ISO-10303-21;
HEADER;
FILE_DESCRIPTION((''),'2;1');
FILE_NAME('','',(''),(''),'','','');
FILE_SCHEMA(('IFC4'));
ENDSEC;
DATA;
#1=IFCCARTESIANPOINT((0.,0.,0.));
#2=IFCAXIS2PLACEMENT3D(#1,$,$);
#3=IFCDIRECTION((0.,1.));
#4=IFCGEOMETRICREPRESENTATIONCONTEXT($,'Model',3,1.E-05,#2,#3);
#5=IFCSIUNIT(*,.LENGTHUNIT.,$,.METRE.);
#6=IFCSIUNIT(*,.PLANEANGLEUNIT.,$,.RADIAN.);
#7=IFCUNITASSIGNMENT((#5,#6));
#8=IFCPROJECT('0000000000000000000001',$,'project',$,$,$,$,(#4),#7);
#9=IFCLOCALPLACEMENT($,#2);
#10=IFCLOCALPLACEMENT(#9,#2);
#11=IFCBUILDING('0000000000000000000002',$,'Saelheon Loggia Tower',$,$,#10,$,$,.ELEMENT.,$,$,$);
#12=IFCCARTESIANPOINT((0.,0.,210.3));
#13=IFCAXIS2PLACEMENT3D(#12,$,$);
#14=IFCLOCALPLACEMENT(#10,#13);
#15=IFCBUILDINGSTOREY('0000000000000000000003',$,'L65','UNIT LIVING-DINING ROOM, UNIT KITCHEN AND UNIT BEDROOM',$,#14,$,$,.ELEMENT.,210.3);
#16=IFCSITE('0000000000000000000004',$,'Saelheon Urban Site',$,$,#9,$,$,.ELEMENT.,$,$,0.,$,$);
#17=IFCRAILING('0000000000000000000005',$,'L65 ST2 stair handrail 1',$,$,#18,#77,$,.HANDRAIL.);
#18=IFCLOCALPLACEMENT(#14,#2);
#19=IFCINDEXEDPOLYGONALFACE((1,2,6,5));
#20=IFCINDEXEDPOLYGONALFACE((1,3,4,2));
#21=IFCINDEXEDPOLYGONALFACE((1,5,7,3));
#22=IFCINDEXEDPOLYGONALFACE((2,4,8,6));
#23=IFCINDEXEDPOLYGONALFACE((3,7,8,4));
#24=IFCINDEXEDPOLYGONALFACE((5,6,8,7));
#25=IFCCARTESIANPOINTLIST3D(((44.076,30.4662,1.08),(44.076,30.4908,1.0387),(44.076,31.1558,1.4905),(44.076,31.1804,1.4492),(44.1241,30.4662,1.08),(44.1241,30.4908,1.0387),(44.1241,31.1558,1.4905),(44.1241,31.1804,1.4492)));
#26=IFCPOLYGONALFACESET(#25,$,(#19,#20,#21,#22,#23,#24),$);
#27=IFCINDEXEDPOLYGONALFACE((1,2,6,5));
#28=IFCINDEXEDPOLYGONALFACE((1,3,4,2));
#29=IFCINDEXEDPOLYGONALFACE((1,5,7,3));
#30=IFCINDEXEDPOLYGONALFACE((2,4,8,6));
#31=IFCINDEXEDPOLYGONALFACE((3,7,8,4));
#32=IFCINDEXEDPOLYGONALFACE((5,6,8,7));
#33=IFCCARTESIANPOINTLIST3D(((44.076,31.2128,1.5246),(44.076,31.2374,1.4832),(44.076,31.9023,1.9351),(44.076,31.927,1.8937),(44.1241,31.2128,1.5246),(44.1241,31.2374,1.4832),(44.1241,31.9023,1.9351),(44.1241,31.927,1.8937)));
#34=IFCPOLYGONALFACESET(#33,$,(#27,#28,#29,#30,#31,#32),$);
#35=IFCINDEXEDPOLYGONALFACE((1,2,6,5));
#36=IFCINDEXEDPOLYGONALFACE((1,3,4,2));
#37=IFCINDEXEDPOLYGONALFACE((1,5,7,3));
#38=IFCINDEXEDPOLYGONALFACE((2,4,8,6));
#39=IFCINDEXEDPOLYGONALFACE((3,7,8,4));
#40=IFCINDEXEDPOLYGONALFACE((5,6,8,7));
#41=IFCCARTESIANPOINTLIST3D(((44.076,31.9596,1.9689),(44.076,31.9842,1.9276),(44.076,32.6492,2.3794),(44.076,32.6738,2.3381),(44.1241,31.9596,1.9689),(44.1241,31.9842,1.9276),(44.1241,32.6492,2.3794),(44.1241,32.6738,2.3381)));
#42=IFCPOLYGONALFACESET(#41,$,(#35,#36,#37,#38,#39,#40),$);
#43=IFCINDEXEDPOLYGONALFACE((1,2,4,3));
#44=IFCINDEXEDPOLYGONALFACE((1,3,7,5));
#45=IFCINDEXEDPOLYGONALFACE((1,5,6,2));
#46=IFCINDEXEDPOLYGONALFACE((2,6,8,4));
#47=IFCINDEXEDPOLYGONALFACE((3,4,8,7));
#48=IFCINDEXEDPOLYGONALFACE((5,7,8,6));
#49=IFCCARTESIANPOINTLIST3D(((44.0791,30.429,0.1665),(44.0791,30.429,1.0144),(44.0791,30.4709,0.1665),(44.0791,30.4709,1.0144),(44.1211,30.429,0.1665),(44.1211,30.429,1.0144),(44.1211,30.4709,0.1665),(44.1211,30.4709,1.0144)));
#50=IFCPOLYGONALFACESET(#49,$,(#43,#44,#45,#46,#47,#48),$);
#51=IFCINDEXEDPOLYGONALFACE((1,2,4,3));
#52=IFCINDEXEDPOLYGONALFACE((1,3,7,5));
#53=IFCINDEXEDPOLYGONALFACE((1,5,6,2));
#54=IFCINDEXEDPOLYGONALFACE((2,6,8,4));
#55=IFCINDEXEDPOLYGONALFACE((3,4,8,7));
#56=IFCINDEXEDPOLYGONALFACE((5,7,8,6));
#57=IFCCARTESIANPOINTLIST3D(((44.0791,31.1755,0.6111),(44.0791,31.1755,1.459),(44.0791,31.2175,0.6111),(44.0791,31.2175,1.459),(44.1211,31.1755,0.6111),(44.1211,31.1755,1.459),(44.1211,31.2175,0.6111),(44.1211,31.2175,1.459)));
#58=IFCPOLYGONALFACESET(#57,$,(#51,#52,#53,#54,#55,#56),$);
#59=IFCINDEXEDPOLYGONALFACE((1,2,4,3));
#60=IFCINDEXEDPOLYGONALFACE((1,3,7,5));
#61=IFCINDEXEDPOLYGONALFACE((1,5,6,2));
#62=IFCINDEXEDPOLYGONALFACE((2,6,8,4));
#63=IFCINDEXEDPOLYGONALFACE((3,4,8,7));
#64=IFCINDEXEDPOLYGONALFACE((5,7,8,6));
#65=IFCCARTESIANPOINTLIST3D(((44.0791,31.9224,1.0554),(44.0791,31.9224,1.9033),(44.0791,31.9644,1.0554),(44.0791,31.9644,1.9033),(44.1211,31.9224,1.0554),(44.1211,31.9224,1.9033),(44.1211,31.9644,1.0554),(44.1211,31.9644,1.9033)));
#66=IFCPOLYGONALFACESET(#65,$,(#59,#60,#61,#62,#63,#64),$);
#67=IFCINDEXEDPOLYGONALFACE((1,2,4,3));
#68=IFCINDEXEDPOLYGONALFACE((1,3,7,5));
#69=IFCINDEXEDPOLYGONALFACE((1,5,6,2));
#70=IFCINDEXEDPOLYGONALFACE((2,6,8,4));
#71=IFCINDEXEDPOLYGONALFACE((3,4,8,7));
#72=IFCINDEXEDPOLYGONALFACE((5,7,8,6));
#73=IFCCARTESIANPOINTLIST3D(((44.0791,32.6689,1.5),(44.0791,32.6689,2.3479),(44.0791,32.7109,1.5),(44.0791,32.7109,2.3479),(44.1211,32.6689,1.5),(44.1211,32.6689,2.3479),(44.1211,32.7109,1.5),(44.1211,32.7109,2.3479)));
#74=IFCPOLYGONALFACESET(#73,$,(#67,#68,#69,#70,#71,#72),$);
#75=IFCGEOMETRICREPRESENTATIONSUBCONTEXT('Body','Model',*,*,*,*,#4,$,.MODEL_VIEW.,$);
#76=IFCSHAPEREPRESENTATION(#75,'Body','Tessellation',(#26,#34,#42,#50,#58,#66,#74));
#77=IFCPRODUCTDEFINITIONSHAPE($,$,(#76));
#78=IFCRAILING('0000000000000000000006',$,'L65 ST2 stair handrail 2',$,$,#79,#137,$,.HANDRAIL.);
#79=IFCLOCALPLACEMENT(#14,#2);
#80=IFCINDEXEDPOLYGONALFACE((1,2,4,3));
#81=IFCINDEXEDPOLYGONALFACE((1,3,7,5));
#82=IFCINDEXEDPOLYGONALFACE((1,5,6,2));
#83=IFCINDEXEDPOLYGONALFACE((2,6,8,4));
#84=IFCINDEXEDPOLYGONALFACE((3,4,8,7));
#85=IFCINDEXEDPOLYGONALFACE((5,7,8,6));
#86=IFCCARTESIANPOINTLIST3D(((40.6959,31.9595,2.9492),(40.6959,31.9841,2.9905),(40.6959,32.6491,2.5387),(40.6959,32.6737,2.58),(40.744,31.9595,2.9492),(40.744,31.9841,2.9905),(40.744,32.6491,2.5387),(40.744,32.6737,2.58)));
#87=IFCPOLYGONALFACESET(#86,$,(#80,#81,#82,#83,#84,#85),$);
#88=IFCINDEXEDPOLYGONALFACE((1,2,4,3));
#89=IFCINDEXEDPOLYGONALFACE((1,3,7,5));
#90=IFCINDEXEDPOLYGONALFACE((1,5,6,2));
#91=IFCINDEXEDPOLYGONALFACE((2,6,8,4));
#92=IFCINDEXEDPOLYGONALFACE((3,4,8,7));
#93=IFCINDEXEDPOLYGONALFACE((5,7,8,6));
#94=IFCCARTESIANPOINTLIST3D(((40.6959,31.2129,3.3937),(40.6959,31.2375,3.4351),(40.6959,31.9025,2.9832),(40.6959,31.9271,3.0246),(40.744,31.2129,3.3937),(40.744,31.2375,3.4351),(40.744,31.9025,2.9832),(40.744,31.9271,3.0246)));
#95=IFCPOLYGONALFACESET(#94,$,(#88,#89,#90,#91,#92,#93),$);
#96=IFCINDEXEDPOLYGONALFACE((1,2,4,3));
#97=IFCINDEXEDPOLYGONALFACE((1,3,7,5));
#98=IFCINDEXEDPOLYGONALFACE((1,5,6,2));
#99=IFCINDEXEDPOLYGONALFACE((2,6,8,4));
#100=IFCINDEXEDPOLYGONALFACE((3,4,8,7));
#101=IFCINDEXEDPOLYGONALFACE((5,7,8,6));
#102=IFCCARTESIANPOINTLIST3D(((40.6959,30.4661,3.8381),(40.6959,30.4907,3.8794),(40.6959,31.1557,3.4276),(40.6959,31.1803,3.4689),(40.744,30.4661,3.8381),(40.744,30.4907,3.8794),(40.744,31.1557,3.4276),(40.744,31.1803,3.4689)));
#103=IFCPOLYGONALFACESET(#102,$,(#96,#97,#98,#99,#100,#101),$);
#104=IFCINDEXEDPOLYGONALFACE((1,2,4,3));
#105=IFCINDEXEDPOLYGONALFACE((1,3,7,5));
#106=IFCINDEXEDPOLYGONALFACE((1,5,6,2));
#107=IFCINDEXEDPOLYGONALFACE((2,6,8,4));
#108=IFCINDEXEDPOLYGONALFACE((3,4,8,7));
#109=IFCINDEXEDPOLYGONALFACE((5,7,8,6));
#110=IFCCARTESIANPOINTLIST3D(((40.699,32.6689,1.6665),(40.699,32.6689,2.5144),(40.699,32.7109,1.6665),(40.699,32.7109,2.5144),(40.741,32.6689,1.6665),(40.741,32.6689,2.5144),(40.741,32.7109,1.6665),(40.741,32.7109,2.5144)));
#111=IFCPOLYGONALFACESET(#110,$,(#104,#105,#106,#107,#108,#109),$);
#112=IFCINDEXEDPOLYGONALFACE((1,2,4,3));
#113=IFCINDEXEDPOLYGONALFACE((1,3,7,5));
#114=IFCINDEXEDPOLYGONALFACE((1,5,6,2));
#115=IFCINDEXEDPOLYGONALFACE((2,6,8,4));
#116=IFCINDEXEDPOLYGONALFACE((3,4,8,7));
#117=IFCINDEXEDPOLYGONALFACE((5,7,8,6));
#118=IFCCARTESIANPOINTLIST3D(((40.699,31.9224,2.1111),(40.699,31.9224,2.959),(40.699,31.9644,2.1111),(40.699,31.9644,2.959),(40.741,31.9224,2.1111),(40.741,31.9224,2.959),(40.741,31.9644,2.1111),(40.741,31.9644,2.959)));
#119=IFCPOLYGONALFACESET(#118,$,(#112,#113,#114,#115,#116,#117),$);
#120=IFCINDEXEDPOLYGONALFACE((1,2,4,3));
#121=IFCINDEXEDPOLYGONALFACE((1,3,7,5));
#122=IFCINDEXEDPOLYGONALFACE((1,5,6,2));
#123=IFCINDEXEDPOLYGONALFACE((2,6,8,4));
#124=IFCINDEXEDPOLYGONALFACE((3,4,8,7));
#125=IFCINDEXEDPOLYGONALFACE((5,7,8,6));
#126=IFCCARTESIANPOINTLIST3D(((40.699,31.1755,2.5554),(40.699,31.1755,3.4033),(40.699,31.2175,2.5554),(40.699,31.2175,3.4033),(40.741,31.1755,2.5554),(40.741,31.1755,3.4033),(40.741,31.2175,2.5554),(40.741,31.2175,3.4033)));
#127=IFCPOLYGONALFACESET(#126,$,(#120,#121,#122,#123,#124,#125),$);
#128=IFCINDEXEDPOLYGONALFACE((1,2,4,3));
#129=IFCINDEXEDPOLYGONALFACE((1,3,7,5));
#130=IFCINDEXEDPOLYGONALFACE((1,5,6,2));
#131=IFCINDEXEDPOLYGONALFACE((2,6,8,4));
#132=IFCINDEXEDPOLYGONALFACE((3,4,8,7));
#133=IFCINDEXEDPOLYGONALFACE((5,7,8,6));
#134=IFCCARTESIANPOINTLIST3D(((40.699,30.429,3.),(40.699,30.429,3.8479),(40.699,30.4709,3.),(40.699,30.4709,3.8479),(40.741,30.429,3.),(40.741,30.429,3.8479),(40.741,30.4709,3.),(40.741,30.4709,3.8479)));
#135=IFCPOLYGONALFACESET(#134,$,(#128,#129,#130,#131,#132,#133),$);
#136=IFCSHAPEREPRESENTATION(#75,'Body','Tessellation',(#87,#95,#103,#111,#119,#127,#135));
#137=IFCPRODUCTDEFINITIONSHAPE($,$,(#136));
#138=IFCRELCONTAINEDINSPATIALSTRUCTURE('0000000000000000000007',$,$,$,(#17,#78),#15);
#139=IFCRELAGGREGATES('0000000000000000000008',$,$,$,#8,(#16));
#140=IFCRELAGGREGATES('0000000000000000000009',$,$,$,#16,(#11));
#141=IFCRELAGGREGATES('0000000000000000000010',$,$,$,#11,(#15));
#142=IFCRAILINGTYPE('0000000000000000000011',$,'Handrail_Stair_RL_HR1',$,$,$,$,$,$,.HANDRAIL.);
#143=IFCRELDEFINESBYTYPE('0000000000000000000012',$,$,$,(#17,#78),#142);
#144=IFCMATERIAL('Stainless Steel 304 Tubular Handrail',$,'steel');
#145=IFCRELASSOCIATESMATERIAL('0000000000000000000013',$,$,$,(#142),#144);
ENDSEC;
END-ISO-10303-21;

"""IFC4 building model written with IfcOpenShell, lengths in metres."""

from ifc_helpers import new_model, si_unit, direction, frame, origin, origin_2d, place, context, subcontext, project, spatial, rectangle, extrude, material, type_object, element, save


model = new_model("IFC4")

# Units and contexts
model_context = context("Model", 3, precision=1e-05, world=origin(), true_north=direction((0.0, 1.0)))
body_context = subcontext(model_context, "Body", "Model", "MODEL_VIEW")
ifc_project = project(units=[si_unit("LENGTHUNIT", "METRE"), si_unit("PLANEANGLEUNIT", "RADIAN")], contexts=[model_context])

# Site, building, storey
site_placement = place(None, origin())
site = spatial("IfcSite", under=ifc_project, at=site_placement, Name="Saelheon Urban Site", CompositionType="ELEMENT", RefElevation=0.0)
building_placement = place(site_placement, origin())
building = spatial("IfcBuilding", under=site, at=building_placement, Name="Saelheon Loggia Tower", CompositionType="ELEMENT")
storey_placement = place(building_placement, frame((0.0, 0.0, 210.3)))
storey = spatial("IfcBuildingStorey", under=building, at=storey_placement, Name="L65", Description="UNIT LIVING-DINING ROOM, UNIT KITCHEN AND UNIT BEDROOM", CompositionType="ELEMENT", Elevation=210.3)

# Railings
ifc_material_1 = material(Name="Stainless Steel 304 Tubular Handrail", Category="steel")
railing_type_1 = type_object("IfcRailingType", Name="Handrail_Stair_RL_HR1", PredefinedType="HANDRAIL", material=ifc_material_1)
railing_1_placement = place(storey_placement, frame((44.1001, 30.45, 0.1665)))
element("IfcRailing", 1, at=railing_1_placement, inside=storey, type_object=railing_type_1, Name="L65 ST2 stair handrail 1", PredefinedType="HANDRAIL", context=body_context, shape_type="SweptSolid", body=[
    extrude(rectangle(XDim=0.0481, YDim=0.0481, at=origin_2d()), frame((0.0, 0.0286, 0.8928), z_axis=(0.0, 0.859264, 0.511532), x_axis=(-1.0, 0.0, 0.0)), (0.0, 0.0, 1.0), 0.8025),
    extrude(rectangle(XDim=0.0481, YDim=0.0481, at=origin_2d()), frame((0.0, 0.7751, 1.3374), z_axis=(0.0, 0.859264, 0.511532), x_axis=(-1.0, 0.0, 0.0)), (0.0, 0.0, 1.0), 0.8025),
    extrude(rectangle(XDim=0.0481, YDim=0.0481, at=origin_2d()), frame((0.0, 1.522, 1.7817), z_axis=(0.0, 0.859264, 0.511532), x_axis=(-1.0, 0.0, 0.0)), (0.0, 0.0, 1.0), 0.8025),
    extrude(rectangle(XDim=0.042, YDim=0.042, at=origin_2d()), origin(), (0.0, 0.0, 1.0), 0.8479),
    extrude(rectangle(XDim=0.042, YDim=0.042, at=origin_2d()), frame((0.0, 0.7466, 0.4446)), (0.0, 0.0, 1.0), 0.8479),
    extrude(rectangle(XDim=0.042, YDim=0.042, at=origin_2d()), frame((0.0, 1.4934, 0.8889)), (0.0, 0.0, 1.0), 0.8479),
    extrude(rectangle(XDim=0.042, YDim=0.042, at=origin_2d()), frame((0.0, 2.24, 1.3335)), (0.0, 0.0, 1.0), 0.8479),
])
railing_2_placement = place(storey_placement, frame((40.72, 32.6899, 1.6665)))
element("IfcRailing", 2, at=railing_2_placement, inside=storey, type_object=railing_type_1, Name="L65 ST2 stair handrail 2", PredefinedType="HANDRAIL", context=body_context, shape_type="SweptSolid", body=[
    extrude(rectangle(XDim=0.0481, YDim=0.0481, at=origin_2d()), frame((0.0, -0.0286, 0.8928), z_axis=(0.0, -0.859264, 0.511532), x_axis=(1.0, 0.0, 0.0)), (0.0, 0.0, 1.0), 0.8025),
    extrude(rectangle(XDim=0.0481, YDim=0.0481, at=origin_2d()), frame((0.0, -0.7751, 1.3374), z_axis=(0.0, -0.859264, 0.511532), x_axis=(1.0, 0.0, 0.0)), (0.0, 0.0, 1.0), 0.8025),
    extrude(rectangle(XDim=0.0481, YDim=0.0481, at=origin_2d()), frame((0.0, -1.522, 1.7817), z_axis=(0.0, -0.859264, 0.511532), x_axis=(1.0, 0.0, 0.0)), (0.0, 0.0, 1.0), 0.8025),
    extrude(rectangle(XDim=0.042, YDim=0.042, at=origin_2d()), origin(), (0.0, 0.0, 1.0), 0.8479),
    extrude(rectangle(XDim=0.042, YDim=0.042, at=origin_2d()), frame((0.0, -0.7466, 0.4446)), (0.0, 0.0, 1.0), 0.8479),
    extrude(rectangle(XDim=0.042, YDim=0.042, at=origin_2d()), frame((0.0, -1.4934, 0.8889)), (0.0, 0.0, 1.0), 0.8479),
    extrude(rectangle(XDim=0.042, YDim=0.042, at=origin_2d()), frame((0.0, -2.24, 1.3335)), (0.0, 0.0, 1.0), 0.8479),
])

save(model, "model.ifc")
